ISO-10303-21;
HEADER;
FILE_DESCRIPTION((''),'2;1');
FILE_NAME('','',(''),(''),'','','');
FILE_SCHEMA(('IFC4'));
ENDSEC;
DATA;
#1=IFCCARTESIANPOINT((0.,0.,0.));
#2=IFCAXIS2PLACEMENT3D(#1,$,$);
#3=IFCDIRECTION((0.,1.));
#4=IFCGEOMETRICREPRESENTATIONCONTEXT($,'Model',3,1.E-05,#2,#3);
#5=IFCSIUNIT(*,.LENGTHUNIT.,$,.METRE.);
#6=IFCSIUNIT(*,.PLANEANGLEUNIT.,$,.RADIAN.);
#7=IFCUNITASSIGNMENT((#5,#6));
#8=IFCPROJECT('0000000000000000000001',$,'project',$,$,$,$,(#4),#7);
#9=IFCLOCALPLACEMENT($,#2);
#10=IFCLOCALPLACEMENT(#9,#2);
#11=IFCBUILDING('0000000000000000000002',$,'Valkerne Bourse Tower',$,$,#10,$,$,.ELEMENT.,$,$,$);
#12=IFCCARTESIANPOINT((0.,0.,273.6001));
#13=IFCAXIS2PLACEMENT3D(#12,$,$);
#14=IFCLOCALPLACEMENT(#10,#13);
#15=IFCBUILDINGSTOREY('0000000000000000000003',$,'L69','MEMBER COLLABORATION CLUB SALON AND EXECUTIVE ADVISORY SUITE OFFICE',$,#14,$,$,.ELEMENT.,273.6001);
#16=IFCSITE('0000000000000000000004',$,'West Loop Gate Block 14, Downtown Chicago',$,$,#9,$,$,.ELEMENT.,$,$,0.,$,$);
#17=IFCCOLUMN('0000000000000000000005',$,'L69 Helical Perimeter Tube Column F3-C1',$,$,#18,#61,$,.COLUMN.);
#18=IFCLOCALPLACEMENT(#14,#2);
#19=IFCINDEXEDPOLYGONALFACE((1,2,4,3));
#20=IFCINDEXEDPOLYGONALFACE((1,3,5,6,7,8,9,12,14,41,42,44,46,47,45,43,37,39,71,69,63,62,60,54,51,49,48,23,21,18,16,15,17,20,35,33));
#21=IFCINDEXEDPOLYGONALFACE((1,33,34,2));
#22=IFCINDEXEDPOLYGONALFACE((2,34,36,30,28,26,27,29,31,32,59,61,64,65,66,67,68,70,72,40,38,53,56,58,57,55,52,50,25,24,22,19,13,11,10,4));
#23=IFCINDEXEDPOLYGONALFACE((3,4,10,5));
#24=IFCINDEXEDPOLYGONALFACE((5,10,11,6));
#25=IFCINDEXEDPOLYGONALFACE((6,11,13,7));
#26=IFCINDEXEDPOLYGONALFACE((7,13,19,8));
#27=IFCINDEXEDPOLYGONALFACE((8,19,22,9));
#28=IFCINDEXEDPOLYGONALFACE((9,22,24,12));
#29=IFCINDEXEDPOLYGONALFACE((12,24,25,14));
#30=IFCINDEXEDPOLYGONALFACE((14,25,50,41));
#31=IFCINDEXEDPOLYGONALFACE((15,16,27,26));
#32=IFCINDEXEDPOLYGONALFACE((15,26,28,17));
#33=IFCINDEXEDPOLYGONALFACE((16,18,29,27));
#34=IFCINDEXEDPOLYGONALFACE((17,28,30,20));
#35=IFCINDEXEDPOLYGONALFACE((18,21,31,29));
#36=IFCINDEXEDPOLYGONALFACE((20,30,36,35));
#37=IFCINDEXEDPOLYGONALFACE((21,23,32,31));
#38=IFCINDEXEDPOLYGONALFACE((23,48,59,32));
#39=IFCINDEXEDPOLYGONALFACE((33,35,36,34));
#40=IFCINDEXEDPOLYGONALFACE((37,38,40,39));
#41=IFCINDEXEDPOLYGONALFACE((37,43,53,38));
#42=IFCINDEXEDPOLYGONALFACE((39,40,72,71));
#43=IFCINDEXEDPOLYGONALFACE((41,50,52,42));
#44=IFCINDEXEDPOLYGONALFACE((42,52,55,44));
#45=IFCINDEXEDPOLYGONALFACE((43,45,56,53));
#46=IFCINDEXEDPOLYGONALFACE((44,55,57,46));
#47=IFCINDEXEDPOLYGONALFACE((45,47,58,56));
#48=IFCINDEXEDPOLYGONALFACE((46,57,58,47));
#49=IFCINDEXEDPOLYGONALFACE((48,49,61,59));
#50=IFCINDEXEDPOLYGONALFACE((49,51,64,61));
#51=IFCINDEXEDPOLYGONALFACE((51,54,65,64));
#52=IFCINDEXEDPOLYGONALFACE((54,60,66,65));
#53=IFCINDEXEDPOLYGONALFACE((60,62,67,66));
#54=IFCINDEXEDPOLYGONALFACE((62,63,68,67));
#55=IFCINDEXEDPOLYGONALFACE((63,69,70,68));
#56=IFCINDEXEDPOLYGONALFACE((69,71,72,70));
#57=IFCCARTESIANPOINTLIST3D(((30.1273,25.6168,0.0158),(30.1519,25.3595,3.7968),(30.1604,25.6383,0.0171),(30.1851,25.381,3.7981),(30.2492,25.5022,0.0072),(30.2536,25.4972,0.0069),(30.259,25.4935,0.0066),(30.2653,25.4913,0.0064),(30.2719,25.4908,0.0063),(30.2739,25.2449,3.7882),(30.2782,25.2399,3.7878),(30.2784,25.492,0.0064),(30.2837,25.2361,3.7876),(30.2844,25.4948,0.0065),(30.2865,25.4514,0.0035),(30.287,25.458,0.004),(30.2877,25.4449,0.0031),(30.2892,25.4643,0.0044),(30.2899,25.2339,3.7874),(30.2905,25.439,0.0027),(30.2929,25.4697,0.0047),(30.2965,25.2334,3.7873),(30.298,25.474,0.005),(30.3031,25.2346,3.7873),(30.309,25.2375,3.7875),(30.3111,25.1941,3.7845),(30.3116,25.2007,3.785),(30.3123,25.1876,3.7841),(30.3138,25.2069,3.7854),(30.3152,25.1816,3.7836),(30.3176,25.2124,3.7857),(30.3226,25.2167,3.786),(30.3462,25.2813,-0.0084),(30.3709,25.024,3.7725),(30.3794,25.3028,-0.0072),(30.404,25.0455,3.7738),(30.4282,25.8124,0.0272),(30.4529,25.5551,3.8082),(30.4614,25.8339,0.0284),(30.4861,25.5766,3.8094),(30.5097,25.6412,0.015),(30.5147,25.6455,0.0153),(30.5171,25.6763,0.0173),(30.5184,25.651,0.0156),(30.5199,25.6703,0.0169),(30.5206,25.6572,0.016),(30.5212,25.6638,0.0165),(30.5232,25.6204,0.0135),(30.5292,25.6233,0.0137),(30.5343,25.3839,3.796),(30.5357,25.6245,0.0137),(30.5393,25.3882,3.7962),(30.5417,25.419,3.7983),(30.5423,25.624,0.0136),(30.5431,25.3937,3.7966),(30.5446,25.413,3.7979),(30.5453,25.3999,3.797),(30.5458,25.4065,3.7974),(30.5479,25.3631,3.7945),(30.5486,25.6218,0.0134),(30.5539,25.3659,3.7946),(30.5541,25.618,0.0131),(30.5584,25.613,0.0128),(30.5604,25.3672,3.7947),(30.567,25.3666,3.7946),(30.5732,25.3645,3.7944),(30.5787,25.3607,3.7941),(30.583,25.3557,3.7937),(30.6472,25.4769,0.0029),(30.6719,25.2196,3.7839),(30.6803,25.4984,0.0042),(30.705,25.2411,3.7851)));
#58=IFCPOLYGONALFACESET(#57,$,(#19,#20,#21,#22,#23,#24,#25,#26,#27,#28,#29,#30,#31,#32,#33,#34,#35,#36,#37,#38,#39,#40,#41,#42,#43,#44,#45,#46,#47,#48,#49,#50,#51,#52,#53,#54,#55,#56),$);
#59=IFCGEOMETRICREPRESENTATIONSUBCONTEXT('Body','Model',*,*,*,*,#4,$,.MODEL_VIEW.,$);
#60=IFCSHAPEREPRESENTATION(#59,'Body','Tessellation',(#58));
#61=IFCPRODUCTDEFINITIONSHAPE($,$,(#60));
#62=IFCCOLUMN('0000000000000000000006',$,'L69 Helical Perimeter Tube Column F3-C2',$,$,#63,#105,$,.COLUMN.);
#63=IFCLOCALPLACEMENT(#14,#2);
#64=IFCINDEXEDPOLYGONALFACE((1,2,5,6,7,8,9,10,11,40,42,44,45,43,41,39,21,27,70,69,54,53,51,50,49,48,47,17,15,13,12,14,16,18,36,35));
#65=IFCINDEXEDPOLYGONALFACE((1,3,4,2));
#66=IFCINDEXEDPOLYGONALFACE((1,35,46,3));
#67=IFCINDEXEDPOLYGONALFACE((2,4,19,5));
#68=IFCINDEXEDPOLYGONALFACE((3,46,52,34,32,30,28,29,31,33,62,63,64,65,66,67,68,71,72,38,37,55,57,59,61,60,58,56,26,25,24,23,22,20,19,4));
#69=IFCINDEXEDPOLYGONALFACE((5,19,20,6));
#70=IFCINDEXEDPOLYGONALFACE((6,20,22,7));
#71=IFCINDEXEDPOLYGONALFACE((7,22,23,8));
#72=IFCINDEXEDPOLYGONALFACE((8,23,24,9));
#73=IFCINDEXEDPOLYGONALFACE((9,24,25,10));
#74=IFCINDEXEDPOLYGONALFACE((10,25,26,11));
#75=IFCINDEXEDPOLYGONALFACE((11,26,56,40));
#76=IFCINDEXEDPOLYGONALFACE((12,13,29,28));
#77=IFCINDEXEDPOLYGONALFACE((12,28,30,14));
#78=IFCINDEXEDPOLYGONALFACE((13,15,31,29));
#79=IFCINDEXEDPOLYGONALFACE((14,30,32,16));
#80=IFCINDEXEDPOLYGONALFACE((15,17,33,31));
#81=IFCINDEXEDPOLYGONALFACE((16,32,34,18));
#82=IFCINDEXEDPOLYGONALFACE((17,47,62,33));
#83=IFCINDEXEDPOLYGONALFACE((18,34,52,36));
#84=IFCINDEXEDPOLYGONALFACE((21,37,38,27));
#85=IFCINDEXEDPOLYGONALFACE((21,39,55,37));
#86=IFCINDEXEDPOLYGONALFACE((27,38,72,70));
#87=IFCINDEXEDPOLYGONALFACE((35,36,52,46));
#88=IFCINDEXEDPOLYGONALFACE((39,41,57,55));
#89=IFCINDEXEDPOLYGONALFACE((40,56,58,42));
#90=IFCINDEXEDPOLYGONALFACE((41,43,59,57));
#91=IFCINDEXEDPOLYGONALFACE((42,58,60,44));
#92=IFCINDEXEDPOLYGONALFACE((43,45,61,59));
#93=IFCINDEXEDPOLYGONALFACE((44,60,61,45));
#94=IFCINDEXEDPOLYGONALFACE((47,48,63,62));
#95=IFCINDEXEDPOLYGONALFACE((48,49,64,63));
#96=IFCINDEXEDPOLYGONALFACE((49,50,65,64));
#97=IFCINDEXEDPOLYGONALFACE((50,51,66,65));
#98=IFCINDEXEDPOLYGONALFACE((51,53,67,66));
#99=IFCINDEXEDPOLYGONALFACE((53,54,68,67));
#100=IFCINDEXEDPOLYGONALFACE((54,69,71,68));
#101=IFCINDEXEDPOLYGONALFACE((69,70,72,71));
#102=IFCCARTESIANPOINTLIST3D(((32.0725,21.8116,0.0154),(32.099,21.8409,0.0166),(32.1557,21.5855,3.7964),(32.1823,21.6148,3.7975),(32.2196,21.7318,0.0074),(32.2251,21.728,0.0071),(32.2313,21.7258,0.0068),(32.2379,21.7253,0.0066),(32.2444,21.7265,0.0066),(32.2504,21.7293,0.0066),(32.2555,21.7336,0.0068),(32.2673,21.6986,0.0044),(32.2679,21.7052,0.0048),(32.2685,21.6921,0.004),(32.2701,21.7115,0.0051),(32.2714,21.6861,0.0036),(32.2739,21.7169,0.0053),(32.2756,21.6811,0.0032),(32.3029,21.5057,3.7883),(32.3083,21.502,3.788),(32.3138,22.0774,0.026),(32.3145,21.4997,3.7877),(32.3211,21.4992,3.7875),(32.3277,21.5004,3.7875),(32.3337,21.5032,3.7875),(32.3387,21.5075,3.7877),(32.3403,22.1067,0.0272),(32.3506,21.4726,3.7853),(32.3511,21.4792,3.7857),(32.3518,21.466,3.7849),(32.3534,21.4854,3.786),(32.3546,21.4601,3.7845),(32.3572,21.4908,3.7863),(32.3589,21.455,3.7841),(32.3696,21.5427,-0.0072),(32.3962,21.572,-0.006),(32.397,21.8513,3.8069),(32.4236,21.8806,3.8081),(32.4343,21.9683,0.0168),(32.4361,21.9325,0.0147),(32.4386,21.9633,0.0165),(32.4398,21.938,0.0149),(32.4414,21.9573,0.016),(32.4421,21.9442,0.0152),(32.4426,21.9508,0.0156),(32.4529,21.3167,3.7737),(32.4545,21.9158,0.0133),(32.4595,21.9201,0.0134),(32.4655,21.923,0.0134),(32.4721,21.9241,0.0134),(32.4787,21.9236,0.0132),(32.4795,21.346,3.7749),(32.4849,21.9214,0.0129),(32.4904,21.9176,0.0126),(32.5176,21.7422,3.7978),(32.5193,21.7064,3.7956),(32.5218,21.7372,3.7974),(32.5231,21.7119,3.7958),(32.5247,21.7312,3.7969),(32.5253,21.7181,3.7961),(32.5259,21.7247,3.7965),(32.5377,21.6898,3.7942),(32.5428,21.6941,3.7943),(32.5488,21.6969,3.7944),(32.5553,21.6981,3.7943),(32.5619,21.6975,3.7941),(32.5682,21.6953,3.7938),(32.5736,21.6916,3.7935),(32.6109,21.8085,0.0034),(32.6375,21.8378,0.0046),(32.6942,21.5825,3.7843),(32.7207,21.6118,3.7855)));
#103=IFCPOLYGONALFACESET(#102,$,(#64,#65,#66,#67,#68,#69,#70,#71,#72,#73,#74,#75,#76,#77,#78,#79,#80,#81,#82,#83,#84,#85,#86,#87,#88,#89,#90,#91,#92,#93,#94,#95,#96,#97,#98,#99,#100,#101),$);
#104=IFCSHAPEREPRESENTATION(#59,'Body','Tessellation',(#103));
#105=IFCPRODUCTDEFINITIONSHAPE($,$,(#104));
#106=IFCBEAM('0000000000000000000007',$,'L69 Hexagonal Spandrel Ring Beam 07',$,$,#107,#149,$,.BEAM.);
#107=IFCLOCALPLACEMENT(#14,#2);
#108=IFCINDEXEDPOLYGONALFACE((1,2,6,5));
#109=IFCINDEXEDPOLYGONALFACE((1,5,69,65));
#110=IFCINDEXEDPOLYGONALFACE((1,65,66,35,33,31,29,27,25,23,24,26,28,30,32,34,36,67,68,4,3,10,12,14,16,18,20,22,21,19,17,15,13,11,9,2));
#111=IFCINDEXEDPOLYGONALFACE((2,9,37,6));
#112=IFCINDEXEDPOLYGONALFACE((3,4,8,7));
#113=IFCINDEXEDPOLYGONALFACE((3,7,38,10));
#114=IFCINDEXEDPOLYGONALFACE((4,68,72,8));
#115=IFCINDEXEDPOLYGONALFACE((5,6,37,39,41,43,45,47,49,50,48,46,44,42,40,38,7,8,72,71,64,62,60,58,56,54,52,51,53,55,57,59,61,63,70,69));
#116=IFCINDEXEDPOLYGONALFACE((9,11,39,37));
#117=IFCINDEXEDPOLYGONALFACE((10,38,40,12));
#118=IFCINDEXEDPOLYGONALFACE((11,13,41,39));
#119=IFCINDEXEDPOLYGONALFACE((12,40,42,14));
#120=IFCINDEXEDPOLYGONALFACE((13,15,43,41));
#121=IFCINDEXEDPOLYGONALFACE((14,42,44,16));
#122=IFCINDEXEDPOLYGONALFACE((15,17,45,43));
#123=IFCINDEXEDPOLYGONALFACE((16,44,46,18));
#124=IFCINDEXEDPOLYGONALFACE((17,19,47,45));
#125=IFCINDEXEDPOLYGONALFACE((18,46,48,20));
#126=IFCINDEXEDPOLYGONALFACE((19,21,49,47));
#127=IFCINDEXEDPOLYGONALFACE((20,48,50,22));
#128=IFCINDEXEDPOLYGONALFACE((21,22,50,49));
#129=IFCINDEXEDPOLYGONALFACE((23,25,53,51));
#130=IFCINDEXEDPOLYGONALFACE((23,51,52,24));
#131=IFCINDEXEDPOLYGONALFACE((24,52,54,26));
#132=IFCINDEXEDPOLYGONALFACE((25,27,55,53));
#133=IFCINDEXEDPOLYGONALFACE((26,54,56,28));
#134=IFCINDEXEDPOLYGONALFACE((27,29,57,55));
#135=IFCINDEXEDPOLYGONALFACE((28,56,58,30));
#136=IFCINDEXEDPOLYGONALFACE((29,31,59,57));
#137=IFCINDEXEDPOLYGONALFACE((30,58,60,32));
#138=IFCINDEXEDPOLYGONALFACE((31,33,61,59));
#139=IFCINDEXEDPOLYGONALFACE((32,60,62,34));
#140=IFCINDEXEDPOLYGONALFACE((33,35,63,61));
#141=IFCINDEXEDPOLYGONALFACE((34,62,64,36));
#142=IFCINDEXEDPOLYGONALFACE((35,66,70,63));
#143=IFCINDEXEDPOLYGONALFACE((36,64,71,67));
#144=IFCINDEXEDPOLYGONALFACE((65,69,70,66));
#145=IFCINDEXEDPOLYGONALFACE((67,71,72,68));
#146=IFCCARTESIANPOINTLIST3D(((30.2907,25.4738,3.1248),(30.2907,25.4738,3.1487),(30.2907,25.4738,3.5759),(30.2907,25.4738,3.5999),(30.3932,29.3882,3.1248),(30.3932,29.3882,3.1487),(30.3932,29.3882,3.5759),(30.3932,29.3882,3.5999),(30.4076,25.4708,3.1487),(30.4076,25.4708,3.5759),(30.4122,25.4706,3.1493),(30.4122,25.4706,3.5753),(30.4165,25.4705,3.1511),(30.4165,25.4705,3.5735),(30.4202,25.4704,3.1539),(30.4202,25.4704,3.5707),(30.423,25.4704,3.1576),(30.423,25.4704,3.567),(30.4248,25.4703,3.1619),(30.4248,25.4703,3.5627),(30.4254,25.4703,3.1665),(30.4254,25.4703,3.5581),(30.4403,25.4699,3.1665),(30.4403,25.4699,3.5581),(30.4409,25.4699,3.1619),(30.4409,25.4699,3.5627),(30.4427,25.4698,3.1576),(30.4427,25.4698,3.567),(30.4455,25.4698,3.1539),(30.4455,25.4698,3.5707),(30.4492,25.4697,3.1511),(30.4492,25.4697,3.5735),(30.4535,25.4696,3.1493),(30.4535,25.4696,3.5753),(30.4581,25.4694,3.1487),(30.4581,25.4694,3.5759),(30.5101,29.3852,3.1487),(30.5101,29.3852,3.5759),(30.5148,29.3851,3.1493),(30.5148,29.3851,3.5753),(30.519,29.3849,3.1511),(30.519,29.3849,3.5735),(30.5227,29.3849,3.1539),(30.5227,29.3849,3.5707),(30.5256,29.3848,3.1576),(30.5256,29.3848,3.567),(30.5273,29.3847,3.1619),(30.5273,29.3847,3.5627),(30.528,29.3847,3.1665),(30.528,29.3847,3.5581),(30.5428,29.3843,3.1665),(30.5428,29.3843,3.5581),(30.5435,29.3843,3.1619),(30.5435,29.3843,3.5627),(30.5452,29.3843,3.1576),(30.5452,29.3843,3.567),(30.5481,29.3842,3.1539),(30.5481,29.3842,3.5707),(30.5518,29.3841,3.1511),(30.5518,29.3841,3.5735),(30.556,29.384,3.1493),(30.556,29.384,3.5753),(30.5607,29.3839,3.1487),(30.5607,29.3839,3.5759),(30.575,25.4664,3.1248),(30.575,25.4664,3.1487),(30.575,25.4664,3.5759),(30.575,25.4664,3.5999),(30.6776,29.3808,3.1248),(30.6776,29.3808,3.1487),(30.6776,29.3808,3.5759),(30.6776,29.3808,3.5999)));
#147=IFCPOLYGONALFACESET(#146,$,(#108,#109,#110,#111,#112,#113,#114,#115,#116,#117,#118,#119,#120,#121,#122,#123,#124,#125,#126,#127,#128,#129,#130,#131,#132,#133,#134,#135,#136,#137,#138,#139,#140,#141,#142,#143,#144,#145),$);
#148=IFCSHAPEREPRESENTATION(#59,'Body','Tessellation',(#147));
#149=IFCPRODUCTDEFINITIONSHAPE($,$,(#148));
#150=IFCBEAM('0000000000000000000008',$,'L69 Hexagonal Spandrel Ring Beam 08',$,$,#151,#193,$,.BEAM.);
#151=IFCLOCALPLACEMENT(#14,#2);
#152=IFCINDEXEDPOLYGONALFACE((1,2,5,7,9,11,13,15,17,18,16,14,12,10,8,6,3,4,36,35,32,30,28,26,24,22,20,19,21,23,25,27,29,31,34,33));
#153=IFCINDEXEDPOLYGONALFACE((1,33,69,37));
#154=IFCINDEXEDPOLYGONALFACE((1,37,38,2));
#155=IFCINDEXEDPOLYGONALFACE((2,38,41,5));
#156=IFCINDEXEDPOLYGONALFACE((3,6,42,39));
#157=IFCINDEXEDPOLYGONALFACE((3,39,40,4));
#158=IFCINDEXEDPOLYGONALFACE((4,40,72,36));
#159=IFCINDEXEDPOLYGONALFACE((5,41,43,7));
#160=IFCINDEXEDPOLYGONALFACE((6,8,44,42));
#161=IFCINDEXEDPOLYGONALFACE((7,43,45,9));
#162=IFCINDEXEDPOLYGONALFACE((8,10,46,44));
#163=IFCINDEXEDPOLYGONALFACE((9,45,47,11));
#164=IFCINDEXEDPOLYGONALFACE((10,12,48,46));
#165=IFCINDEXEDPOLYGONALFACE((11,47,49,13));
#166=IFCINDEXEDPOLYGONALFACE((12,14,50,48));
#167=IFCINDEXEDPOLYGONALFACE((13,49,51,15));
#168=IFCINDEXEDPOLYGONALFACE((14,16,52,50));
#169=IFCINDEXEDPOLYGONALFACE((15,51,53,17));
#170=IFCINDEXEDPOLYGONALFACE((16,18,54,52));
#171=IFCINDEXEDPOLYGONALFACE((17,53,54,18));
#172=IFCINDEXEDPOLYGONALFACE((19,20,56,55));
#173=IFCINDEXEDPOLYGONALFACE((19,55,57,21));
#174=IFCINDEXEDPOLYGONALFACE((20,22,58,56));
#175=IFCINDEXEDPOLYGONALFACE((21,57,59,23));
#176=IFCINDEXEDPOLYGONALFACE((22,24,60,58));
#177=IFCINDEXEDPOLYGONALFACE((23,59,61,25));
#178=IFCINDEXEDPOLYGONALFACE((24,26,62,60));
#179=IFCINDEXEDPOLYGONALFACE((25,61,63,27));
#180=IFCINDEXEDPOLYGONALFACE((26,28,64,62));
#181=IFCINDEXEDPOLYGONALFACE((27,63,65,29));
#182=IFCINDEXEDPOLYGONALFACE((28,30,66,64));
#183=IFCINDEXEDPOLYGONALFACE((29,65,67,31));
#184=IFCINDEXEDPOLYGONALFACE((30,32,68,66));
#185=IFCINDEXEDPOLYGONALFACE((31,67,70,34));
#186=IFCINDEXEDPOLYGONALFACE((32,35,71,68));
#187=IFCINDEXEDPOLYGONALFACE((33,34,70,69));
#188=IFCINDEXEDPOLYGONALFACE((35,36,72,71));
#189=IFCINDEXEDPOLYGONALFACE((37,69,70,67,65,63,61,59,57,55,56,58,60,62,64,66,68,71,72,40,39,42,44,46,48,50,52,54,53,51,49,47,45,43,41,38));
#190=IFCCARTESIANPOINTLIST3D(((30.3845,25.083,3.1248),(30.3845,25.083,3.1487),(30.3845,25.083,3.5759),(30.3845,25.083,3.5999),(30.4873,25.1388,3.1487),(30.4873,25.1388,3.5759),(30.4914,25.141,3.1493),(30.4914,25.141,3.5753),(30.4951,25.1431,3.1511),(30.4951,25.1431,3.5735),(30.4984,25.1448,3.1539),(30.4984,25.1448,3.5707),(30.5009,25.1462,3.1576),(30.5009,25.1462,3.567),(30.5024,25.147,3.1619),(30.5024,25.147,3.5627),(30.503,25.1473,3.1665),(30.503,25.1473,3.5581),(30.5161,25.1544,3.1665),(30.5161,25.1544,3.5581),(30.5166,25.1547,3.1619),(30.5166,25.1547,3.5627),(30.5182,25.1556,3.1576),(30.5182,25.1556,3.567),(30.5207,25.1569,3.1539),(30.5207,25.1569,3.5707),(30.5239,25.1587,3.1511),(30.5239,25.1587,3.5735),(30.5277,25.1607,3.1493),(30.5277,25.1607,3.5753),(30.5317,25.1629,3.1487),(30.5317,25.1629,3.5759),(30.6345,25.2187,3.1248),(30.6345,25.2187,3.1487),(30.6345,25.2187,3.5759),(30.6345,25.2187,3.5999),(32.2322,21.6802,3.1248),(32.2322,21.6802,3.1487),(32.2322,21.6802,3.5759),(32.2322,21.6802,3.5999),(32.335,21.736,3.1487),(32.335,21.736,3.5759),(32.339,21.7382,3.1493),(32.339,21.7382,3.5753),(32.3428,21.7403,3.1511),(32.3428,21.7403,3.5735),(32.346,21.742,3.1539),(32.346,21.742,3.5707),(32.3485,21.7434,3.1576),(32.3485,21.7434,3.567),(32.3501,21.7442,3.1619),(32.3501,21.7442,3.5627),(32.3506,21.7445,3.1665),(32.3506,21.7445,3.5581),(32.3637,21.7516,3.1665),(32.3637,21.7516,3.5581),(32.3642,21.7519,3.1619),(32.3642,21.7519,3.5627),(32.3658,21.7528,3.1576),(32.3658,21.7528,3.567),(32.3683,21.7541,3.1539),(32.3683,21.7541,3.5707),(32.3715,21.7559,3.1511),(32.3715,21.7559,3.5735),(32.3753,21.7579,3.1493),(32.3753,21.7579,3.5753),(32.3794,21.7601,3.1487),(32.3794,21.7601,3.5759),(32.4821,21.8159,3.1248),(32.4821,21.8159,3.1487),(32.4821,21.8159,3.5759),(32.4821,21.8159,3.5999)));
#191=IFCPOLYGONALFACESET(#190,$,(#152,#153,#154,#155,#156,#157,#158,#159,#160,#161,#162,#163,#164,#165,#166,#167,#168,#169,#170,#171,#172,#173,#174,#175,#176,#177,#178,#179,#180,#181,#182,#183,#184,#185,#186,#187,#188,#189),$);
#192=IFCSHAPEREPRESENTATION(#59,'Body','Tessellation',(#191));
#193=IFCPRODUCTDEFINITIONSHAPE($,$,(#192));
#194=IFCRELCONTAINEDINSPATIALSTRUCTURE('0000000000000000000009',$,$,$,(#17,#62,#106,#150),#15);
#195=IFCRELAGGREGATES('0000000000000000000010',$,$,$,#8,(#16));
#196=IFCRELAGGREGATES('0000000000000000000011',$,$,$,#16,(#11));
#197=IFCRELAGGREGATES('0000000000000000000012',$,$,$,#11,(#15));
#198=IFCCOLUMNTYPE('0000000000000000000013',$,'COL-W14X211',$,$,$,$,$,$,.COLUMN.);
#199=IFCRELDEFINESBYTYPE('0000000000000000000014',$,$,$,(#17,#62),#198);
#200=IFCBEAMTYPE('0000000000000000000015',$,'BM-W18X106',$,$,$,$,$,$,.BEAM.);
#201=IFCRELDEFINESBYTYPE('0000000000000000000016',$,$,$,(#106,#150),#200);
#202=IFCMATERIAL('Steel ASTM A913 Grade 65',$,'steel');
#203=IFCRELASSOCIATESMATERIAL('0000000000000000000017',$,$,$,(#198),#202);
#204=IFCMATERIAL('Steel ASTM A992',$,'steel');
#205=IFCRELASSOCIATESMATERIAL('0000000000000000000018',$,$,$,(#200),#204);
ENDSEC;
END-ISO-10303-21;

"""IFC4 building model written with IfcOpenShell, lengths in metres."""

from ifc_helpers import new_model, si_unit, direction, frame, origin, origin_2d, place, context, subcontext, project, spatial, i_section, extrude, material, material_profile, profile_set, type_object, element, save


model = new_model("IFC4")

# Units and contexts
model_context = context("Model", 3, precision=1e-05, world=origin(), true_north=direction((0.0, 1.0)))
body_context = subcontext(model_context, "Body", "Model", "MODEL_VIEW")
ifc_project = project(units=[si_unit("LENGTHUNIT", "METRE"), si_unit("PLANEANGLEUNIT", "RADIAN")], contexts=[model_context])

# Site, building, storey
site_placement = place(None, origin())
site = spatial("IfcSite", under=ifc_project, at=site_placement, Name="West Loop Gate Block 14, Downtown Chicago", CompositionType="ELEMENT", RefElevation=0.0)
building_placement = place(site_placement, origin())
building = spatial("IfcBuilding", under=site, at=building_placement, Name="Valkerne Bourse Tower", CompositionType="ELEMENT")
storey_placement = place(building_placement, frame((0.0, 0.0, 273.6001)))
storey = spatial("IfcBuildingStorey", under=building, at=storey_placement, Name="L69", Description="MEMBER COLLABORATION CLUB SALON AND EXECUTIVE ADVISORY SUITE OFFICE", CompositionType="ELEMENT", Elevation=273.6001)

# Columns
ifc_material_1 = material(Name="Steel ASTM A913 Grade 65", Category="steel")
ifc_material_profile_1 = material_profile(ifc_material_1, i_section(OverallWidth=0.4014, OverallDepth=0.3987, WebThickness=0.0249, FlangeThickness=0.0396, FilletRadius=0.0254, at=origin_2d()), Name="W14X211")
ifc_profile_set_1 = profile_set([ifc_material_profile_1], Name="Steel ASTM A913 Grade 65")
column_type = type_object("IfcColumnType", Name="COL-W14X211", PredefinedType="COLUMN", material=ifc_profile_set_1)
column_1_placement = place(storey_placement, frame((30.4038, 25.5576, 0.01), z_axis=(0.006506, -0.067899, 0.997671), x_axis=(0.54552, -0.835915, -0.060448)))
element("IfcColumn", 1, at=column_1_placement, inside=storey, type_object=column_type, Name="L69 Helical Perimeter Tube Column F3-C1", PredefinedType="COLUMN", context=body_context, shape_type="SweptSolid", body=[
    extrude(i_section(OverallWidth=0.4014, OverallDepth=0.3987, WebThickness=0.0249, FlangeThickness=0.0396, FilletRadius=0.0254, at=origin_2d()), origin(), (0.0, 0.0, 1.0), 3.7898),
])
column_2_placement = place(storey_placement, frame((32.355, 21.8247, 0.01), z_axis=(0.021974, -0.059671, 0.997976), x_axis=(0.740375, -0.669827, -0.056352)))
element("IfcColumn", 2, at=column_2_placement, inside=storey, type_object=column_type, Name="L69 Helical Perimeter Tube Column F3-C2", PredefinedType="COLUMN", context=body_context, shape_type="SweptSolid", body=[
    extrude(i_section(OverallWidth=0.4014, OverallDepth=0.3987, WebThickness=0.0249, FlangeThickness=0.0396, FilletRadius=0.0254, at=origin_2d()), origin(), (0.0, 0.0, 1.0), 3.7886),
])

# Beams
ifc_material_2 = material(Name="Steel ASTM A992", Category="steel")
ifc_material_profile_2 = material_profile(ifc_material_2, i_section(OverallWidth=0.2844, OverallDepth=0.4751, WebThickness=0.0149, FlangeThickness=0.0239, FilletRadius=0.0178, at=origin_2d()), Name="W18X106")
ifc_profile_set_2 = profile_set([ifc_material_profile_2], Name="Steel ASTM A992")
beam_type = type_object("IfcBeamType", Name="BM-W18X106", PredefinedType="BEAM", material=ifc_profile_set_2)
beam_1_placement = place(storey_placement, frame((30.5354, 29.3845, 3.3623), z_axis=(-0.026187, -0.999657, 0.0), x_axis=(0.999657, -0.026187, 0.0)))
element("IfcBeam", 3, at=beam_1_placement, inside=storey, type_object=beam_type, Name="L69 Hexagonal Spandrel Ring Beam 07", PredefinedType="BEAM", context=body_context, shape_type="SweptSolid", body=[
    extrude(i_section(OverallWidth=0.2844, OverallDepth=0.4751, WebThickness=0.0149, FlangeThickness=0.0239, FilletRadius=0.0178, at=origin_2d()), origin(), (0.0, 0.0, 1.0), 3.9158),
])
beam_2_placement = place(storey_placement, frame((30.5095, 25.1509, 3.3623), z_axis=(0.477173, -0.87881, 0.0), x_axis=(0.87881, 0.477173, 0.0)))
element("IfcBeam", 4, at=beam_2_placement, inside=storey, type_object=beam_type, Name="L69 Hexagonal Spandrel Ring Beam 08", PredefinedType="BEAM", context=body_context, shape_type="SweptSolid", body=[
    extrude(i_section(OverallWidth=0.2844, OverallDepth=0.4751, WebThickness=0.0149, FlangeThickness=0.0239, FilletRadius=0.0178, at=origin_2d()), origin(), (0.0, 0.0, 1.0), 3.8721),
])

save(model, "model.ifc")
